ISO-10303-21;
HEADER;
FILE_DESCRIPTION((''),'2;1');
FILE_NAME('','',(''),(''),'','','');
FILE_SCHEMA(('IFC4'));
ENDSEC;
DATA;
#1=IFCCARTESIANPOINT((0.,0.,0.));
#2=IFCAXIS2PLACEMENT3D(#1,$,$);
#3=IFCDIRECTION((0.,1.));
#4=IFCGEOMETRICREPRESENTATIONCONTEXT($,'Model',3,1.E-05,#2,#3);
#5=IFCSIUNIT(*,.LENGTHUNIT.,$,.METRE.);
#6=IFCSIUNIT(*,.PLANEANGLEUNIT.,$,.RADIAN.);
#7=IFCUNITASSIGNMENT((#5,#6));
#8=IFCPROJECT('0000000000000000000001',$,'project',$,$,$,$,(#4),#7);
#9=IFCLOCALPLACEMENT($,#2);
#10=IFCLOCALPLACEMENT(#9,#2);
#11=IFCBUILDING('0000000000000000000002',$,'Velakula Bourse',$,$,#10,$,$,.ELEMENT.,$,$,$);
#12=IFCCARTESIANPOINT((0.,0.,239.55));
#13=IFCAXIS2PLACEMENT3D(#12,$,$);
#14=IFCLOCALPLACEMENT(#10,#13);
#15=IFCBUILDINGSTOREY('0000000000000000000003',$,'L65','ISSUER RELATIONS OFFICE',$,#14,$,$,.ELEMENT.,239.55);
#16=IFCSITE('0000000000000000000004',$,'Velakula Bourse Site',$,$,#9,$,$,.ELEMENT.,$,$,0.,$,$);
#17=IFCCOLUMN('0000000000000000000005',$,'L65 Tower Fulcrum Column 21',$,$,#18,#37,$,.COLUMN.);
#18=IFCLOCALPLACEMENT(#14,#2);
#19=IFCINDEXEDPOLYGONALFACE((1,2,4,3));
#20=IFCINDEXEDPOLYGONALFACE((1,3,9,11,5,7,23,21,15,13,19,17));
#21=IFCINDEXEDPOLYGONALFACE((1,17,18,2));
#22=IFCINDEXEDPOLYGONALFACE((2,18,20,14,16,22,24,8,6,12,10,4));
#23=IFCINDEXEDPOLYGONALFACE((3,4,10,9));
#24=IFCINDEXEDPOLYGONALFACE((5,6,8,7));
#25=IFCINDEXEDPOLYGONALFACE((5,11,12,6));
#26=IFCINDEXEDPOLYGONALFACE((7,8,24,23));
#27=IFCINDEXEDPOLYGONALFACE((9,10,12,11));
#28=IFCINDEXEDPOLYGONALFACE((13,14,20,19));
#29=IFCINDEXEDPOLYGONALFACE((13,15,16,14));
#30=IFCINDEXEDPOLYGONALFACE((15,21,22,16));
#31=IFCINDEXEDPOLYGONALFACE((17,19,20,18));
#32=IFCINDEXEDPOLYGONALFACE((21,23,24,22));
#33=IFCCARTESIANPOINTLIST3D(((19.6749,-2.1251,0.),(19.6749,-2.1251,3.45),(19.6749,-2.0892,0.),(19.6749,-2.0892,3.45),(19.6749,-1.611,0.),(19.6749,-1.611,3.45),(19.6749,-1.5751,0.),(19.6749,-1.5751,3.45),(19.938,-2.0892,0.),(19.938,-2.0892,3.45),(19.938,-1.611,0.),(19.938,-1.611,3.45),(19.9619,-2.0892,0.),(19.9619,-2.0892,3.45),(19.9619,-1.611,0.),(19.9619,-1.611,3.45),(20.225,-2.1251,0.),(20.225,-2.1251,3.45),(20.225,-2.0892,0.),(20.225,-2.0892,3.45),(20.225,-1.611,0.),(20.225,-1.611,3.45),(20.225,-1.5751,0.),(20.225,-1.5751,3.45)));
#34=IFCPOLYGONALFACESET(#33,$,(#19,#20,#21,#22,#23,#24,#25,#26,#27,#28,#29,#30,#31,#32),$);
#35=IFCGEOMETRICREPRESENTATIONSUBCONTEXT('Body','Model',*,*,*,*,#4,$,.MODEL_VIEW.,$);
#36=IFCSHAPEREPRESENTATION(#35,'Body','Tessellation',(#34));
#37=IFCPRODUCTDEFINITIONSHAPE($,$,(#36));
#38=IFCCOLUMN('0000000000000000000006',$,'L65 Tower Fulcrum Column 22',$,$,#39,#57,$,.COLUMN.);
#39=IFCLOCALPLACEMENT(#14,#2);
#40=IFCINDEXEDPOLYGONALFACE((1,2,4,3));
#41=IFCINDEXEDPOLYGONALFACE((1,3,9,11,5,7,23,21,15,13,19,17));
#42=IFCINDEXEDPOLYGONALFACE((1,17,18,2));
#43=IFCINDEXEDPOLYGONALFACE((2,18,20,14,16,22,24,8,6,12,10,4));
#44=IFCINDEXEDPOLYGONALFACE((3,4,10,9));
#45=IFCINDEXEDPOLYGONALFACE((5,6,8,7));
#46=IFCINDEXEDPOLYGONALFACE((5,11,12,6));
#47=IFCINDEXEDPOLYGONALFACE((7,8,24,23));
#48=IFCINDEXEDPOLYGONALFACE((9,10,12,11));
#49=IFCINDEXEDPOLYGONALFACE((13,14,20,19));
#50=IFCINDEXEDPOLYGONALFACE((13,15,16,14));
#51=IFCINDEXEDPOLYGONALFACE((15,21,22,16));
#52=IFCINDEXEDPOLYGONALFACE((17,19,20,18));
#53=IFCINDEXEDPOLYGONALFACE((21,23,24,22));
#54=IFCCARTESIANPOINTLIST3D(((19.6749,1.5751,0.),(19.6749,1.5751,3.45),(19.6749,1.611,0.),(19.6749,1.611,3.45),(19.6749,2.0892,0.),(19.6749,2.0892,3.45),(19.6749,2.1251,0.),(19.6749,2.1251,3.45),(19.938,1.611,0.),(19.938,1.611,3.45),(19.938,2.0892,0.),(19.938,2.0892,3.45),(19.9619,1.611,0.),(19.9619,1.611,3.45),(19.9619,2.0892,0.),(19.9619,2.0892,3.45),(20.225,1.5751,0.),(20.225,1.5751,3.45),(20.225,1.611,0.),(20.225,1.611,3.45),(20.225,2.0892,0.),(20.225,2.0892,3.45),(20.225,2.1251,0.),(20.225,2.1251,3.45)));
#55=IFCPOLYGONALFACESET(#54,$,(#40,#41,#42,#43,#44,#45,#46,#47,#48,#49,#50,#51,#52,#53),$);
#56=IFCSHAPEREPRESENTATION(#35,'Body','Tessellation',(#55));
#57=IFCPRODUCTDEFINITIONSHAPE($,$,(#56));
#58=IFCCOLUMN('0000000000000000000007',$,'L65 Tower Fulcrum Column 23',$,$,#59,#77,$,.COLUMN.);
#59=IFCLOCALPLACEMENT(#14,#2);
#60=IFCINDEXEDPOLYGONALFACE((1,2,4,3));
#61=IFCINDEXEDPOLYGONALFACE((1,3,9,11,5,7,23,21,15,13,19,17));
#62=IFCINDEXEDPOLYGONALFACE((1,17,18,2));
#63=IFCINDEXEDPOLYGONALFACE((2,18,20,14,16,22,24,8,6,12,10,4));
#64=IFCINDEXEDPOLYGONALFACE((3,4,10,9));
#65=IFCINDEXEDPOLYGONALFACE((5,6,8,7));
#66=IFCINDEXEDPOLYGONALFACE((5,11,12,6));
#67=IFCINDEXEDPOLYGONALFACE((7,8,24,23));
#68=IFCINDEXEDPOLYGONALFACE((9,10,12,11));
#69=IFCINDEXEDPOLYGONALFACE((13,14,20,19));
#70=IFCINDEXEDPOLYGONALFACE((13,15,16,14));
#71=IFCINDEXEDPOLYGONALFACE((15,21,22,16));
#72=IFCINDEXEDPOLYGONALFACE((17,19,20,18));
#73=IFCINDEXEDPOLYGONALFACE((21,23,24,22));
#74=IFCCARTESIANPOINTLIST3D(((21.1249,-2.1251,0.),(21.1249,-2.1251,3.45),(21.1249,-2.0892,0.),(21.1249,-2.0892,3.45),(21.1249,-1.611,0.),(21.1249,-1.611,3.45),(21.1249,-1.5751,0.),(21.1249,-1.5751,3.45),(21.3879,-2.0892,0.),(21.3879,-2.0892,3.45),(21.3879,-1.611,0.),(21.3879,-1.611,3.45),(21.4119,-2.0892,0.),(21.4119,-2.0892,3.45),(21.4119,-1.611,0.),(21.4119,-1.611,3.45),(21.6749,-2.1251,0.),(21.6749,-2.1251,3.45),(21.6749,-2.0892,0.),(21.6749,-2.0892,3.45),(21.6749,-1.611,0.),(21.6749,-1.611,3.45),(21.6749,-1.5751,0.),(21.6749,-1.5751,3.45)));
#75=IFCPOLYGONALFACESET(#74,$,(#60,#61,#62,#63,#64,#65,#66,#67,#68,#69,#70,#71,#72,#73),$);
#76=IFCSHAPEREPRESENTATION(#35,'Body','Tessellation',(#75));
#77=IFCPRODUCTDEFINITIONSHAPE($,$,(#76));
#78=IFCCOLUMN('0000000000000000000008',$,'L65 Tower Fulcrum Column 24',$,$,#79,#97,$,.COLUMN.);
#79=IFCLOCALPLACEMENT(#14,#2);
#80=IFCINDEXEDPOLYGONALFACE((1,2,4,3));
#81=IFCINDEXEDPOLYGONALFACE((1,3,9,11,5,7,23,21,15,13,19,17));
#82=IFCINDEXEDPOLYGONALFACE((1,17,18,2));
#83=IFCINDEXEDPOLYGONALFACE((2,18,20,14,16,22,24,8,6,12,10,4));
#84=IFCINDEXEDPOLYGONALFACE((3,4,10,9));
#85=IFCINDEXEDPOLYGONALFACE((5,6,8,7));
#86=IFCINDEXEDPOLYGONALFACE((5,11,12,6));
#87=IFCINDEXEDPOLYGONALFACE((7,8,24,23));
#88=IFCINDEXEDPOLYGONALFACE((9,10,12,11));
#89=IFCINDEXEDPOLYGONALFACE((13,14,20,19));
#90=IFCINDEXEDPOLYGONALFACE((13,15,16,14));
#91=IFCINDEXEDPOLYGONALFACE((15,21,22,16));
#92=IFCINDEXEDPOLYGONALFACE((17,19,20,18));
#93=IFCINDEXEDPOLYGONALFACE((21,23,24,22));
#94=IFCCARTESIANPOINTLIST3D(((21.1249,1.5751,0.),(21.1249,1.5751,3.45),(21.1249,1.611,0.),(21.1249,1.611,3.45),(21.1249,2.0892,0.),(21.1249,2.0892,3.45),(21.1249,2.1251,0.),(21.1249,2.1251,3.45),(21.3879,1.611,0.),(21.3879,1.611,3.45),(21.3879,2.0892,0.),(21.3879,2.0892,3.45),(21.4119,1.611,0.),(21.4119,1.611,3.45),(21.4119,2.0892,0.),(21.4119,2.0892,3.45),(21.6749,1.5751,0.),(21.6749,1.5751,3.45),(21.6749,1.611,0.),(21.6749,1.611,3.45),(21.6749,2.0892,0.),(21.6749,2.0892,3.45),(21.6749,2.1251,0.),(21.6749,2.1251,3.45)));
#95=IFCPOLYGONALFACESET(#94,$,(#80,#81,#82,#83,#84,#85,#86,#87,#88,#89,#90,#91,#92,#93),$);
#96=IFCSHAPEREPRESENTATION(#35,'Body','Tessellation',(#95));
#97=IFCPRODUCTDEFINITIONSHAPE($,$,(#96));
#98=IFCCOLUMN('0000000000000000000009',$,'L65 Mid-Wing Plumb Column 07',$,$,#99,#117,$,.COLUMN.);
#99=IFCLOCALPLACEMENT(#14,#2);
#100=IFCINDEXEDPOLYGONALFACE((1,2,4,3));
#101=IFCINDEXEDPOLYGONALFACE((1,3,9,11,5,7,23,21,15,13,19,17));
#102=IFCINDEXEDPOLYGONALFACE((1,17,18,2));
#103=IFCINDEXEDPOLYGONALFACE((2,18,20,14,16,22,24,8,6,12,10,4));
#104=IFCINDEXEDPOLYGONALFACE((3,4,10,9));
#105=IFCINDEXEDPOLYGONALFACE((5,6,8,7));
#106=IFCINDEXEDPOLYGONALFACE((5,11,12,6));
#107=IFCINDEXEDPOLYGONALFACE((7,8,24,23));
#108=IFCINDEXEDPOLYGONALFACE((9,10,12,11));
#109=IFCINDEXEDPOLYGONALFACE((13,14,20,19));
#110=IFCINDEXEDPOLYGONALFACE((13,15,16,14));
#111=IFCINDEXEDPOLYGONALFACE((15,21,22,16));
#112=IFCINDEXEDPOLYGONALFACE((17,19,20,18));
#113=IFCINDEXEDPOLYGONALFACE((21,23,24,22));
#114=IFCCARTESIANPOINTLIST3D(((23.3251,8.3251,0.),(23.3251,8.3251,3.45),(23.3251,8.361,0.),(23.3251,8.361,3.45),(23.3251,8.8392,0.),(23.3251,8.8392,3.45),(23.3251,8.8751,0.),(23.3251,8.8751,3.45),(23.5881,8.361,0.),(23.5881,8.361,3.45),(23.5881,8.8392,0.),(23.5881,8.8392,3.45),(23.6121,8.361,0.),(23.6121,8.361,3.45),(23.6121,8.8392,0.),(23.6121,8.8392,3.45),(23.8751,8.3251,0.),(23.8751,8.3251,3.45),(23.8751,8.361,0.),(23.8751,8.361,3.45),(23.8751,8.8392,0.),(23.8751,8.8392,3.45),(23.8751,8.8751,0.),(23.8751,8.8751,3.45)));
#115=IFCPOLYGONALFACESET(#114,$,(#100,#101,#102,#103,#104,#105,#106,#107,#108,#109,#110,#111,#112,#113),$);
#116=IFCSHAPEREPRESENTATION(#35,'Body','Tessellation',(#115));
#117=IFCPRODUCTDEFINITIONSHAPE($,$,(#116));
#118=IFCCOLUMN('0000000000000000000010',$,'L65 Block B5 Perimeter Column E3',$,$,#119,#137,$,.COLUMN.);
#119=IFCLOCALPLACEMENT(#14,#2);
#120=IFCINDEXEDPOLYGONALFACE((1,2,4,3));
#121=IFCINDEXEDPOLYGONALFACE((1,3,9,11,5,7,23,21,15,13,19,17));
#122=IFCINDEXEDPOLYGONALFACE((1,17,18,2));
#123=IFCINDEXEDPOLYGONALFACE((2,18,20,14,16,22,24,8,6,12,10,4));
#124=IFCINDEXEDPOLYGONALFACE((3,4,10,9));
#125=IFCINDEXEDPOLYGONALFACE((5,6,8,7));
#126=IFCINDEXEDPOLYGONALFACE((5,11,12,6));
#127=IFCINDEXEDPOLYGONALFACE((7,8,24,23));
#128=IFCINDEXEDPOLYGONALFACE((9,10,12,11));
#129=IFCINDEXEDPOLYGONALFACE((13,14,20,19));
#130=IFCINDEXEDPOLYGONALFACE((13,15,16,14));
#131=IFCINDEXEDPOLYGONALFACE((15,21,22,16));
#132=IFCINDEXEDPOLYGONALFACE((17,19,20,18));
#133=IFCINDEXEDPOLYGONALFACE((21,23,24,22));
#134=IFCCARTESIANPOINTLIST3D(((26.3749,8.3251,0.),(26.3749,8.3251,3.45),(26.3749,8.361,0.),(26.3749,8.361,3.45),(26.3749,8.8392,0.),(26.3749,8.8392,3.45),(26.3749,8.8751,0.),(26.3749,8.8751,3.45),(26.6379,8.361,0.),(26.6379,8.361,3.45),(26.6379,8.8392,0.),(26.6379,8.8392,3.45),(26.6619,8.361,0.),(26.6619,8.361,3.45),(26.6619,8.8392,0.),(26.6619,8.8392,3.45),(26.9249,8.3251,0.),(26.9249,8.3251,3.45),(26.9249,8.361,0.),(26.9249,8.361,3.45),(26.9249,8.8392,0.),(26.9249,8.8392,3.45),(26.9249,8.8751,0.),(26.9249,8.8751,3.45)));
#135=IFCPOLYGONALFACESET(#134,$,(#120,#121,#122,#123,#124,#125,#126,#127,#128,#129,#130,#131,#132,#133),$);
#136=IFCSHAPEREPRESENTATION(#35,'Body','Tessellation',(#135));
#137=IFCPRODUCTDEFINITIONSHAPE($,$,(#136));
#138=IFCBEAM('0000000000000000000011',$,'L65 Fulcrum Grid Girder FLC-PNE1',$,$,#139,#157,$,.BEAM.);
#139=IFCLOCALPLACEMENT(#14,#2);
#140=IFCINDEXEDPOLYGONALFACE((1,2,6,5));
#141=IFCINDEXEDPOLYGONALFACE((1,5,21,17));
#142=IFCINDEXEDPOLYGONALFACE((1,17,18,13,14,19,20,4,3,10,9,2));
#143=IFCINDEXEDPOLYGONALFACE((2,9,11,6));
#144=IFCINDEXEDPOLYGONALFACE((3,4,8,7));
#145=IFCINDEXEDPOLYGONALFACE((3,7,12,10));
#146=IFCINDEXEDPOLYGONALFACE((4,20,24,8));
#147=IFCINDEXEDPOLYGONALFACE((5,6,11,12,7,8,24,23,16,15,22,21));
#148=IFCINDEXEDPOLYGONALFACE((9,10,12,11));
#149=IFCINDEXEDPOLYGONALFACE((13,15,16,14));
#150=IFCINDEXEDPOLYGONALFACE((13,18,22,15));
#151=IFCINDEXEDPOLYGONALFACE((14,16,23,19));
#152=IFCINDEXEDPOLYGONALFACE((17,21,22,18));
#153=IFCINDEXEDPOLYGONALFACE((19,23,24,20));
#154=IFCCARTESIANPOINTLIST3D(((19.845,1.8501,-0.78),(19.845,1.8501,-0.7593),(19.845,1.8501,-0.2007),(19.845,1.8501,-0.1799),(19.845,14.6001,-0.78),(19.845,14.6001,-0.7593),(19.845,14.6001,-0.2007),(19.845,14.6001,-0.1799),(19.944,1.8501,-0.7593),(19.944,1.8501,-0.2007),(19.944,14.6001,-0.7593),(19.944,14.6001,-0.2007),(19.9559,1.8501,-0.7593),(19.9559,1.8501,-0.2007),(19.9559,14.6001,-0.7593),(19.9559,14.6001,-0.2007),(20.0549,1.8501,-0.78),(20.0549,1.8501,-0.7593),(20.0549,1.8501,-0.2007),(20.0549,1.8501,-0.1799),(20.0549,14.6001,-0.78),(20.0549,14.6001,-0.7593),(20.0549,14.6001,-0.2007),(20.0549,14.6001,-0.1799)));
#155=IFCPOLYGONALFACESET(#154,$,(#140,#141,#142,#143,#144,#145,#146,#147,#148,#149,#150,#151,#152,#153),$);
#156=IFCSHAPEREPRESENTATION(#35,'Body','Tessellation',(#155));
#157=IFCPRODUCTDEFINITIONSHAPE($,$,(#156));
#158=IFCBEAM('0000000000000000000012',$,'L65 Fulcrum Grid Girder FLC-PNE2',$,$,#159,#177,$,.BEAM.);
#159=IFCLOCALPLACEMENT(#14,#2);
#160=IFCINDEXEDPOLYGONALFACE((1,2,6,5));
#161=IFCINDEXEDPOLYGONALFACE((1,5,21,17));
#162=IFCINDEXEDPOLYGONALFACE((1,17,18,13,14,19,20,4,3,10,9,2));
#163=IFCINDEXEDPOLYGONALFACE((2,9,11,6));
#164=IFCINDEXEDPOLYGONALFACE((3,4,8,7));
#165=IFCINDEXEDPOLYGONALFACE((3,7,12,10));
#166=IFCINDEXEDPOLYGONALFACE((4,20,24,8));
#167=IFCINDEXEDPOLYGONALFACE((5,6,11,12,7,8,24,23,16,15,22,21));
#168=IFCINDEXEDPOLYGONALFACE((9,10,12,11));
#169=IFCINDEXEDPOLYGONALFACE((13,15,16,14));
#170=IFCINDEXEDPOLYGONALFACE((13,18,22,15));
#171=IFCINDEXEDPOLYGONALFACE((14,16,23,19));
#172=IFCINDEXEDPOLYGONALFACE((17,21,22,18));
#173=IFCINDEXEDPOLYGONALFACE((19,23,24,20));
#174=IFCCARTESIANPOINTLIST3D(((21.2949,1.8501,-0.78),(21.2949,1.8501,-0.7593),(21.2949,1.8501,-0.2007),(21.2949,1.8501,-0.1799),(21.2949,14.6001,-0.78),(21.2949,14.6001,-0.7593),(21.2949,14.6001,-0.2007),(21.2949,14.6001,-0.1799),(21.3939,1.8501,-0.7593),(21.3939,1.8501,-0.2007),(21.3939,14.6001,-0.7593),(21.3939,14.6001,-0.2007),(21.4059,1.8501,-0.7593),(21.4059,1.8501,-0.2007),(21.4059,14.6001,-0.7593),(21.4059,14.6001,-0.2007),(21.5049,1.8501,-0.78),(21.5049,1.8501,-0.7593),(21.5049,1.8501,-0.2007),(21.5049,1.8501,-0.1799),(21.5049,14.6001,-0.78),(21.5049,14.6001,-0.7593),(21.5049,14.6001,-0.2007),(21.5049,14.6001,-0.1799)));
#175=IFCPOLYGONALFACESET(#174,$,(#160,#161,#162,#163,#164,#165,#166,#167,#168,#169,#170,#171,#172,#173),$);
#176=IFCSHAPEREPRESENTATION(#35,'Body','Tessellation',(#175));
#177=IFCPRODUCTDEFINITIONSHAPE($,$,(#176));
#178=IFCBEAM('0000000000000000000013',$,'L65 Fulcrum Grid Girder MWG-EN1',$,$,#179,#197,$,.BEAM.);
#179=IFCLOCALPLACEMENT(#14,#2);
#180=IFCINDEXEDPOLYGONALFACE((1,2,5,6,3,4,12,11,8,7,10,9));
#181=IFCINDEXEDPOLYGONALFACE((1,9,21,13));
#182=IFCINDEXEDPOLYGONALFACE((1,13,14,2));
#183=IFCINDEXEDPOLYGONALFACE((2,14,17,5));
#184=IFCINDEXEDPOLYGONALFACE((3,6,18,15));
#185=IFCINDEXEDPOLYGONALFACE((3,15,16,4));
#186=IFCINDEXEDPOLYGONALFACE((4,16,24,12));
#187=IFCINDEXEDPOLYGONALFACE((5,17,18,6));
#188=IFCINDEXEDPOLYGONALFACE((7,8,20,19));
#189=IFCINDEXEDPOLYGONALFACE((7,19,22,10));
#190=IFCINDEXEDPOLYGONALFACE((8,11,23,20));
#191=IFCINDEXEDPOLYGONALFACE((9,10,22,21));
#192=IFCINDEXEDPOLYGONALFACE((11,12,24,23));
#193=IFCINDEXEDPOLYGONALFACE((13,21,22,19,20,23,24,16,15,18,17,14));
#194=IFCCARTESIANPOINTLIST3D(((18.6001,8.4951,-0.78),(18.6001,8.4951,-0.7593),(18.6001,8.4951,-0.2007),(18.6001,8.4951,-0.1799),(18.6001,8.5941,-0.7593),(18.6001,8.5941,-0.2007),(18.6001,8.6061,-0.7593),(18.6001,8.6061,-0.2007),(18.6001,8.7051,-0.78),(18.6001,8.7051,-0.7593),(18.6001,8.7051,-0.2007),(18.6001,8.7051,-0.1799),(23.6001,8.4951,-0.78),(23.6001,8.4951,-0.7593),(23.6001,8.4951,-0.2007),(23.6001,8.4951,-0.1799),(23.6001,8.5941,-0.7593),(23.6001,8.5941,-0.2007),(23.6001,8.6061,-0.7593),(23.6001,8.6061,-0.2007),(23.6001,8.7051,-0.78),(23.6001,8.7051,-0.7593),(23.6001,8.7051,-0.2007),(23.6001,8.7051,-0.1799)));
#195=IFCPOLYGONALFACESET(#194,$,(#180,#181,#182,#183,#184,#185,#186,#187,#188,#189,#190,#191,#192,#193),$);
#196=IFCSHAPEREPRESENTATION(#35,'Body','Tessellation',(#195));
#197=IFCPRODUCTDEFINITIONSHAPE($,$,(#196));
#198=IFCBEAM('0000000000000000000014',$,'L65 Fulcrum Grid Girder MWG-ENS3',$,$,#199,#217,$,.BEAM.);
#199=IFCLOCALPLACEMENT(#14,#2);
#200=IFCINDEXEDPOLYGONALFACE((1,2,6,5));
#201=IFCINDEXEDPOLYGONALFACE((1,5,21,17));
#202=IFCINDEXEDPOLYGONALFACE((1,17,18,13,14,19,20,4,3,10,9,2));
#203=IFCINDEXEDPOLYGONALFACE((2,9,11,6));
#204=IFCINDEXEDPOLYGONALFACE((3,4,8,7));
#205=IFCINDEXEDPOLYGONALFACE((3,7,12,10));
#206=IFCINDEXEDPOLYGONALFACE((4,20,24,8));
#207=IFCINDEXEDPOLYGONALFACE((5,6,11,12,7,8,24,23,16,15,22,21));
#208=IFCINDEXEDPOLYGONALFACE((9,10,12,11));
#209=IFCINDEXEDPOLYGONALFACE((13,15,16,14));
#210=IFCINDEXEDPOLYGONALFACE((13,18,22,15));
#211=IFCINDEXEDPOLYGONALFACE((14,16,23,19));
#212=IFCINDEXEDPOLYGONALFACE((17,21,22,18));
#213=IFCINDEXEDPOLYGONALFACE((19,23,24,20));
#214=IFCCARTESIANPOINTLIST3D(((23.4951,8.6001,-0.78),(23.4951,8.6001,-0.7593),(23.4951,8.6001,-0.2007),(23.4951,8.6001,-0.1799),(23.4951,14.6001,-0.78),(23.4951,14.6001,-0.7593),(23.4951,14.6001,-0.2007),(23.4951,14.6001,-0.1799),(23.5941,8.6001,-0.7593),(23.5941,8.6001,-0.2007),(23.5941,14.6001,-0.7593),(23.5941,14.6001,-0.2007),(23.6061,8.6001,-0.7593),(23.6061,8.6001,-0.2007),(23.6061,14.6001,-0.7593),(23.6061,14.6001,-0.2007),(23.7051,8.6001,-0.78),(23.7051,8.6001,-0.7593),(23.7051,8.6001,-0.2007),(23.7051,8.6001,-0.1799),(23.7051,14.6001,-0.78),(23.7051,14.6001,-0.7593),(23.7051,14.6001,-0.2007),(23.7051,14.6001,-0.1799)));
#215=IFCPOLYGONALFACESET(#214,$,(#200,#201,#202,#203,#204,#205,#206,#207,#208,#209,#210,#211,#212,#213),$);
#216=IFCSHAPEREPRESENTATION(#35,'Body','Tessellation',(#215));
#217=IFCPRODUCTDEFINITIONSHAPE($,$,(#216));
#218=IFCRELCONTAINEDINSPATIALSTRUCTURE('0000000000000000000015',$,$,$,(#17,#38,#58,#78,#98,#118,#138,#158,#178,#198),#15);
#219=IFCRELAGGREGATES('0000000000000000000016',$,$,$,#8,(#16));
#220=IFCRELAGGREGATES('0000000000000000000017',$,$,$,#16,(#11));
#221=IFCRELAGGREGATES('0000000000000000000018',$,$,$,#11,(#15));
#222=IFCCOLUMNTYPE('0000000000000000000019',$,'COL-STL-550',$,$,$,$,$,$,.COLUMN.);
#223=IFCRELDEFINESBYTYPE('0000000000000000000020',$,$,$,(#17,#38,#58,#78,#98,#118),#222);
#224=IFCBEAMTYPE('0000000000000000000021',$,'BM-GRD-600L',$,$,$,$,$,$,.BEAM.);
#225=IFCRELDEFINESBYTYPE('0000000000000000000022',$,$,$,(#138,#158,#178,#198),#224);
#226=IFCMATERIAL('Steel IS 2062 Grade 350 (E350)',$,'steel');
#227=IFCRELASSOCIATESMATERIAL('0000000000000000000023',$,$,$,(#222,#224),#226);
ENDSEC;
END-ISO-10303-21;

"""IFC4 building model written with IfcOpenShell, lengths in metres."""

from ifc_helpers import new_model, si_unit, direction, frame, origin, origin_2d, place, context, subcontext, project, spatial, i_section, extrude, material, material_profile, profile_set, type_object, element, save


model = new_model("IFC4")

# Units and contexts
model_context = context("Model", 3, precision=1e-05, world=origin(), true_north=direction((0.0, 1.0)))
body_context = subcontext(model_context, "Body", "Model", "MODEL_VIEW")
ifc_project = project(units=[si_unit("LENGTHUNIT", "METRE"), si_unit("PLANEANGLEUNIT", "RADIAN")], contexts=[model_context])

# Site, building, storey
site_placement = place(None, origin())
site = spatial("IfcSite", under=ifc_project, at=site_placement, Name="Velakula Bourse Site", CompositionType="ELEMENT", RefElevation=0.0)
building_placement = place(site_placement, origin())
building = spatial("IfcBuilding", under=site, at=building_placement, Name="Velakula Bourse", CompositionType="ELEMENT")
storey_placement = place(building_placement, frame((0.0, 0.0, 239.55)))
storey = spatial("IfcBuildingStorey", under=building, at=storey_placement, Name="L65", Description="ISSUER RELATIONS OFFICE", CompositionType="ELEMENT", Elevation=239.55)

# Columns
ifc_material_1 = material(Name="Steel IS 2062 Grade 350 (E350)", Category="steel")
ifc_material_profile_1 = material_profile(ifc_material_1, i_section(OverallWidth=0.55, OverallDepth=0.55, WebThickness=0.0239, FlangeThickness=0.0359, at=origin_2d()), Name="Steel IS 2062 Grade 350 (E350)")
ifc_profile_set_1 = profile_set([ifc_material_profile_1], Name="Steel IS 2062 Grade 350 (E350)")
column_type = type_object("IfcColumnType", Name="COL-STL-550", PredefinedType="COLUMN", material=ifc_profile_set_1)
for number, where, z_axis, x_axis, name in (
    (1, (19.95, -1.8501, 0.0), (0.0, 0.0, 1.0), (1.0, 0.0, 0.0), "L65 Tower Fulcrum Column 21"),
    (2, (19.95, 1.8501, 0.0), (0.0, 0.0, 1.0), (1.0, 0.0, 0.0), "L65 Tower Fulcrum Column 22"),
    (3, (21.3999, -1.8501, 0.0), (0.0, 0.0, 1.0), (1.0, 0.0, 0.0), "L65 Tower Fulcrum Column 23"),
    (4, (21.3999, 1.8501, 0.0), (0.0, 0.0, 1.0), (1.0, 0.0, 0.0), "L65 Tower Fulcrum Column 24"),
    (5, (23.6001, 8.6001, 0.0), (0.0, 0.0, 1.0), (1.0, 0.0, 0.0), "L65 Mid-Wing Plumb Column 07"),
    (6, (26.6499, 8.6001, 0.0), (0.0, 0.0, 1.0), (1.0, 0.0, 0.0), "L65 Block B5 Perimeter Column E3"),
):
    element("IfcColumn", number, at=place(storey_placement, frame(where, z_axis=z_axis, x_axis=x_axis)), inside=storey, type_object=column_type, Name=name, PredefinedType="COLUMN", context=body_context, shape_type="SweptSolid", body=[
        extrude(i_section(OverallWidth=0.55, OverallDepth=0.55, WebThickness=0.0239, FlangeThickness=0.0359, at=origin_2d()), origin(), (0.0, 0.0, 1.0), 3.45),
    ])

# Beams
ifc_material_profile_2 = material_profile(ifc_material_1, i_section(OverallWidth=0.21, OverallDepth=0.6001, WebThickness=0.012, FlangeThickness=0.0208, at=origin_2d()), Name="Steel IS 2062 Grade 350 (E350)")
ifc_profile_set_2 = profile_set([ifc_material_profile_2], Name="Steel IS 2062 Grade 350 (E350)")
beam_type_1 = type_object("IfcBeamType", Name="BM-GRD-600L", PredefinedType="BEAM", material=ifc_profile_set_2)
for number, where, z_axis, x_axis, name in (
    (7, (19.95, 1.8501, -0.48), (0.0, 1.0, 0.0), (-1.0, 0.0, 0.0), "L65 Fulcrum Grid Girder FLC-PNE1"),
    (8, (21.3999, 1.8501, -0.48), (0.0, 1.0, 0.0), (-1.0, 0.0, 0.0), "L65 Fulcrum Grid Girder FLC-PNE2"),
):
    element("IfcBeam", number, at=place(storey_placement, frame(where, z_axis=z_axis, x_axis=x_axis)), inside=storey, type_object=beam_type_1, Name=name, PredefinedType="BEAM", context=body_context, shape_type="SweptSolid", body=[
        extrude(i_section(OverallWidth=0.21, OverallDepth=0.6001, WebThickness=0.012, FlangeThickness=0.0208, at=origin_2d()), origin(), (0.0, 0.0, 1.0), 12.75),
    ])
beam_1_placement = place(storey_placement, frame((18.6001, 8.6001, -0.48), z_axis=(1.0, 0.0, 0.0), x_axis=(0.0, 1.0, 0.0)))
element("IfcBeam", 9, at=beam_1_placement, inside=storey, type_object=beam_type_1, Name="L65 Fulcrum Grid Girder MWG-EN1", PredefinedType="BEAM", context=body_context, shape_type="SweptSolid", body=[
    extrude(i_section(OverallWidth=0.21, OverallDepth=0.6001, WebThickness=0.012, FlangeThickness=0.0208, at=origin_2d()), origin(), (0.0, 0.0, 1.0), 5.0),
])
beam_2_placement = place(storey_placement, frame((23.6001, 8.6001, -0.48), z_axis=(0.0, 1.0, 0.0), x_axis=(-1.0, 0.0, 0.0)))
element("IfcBeam", 10, at=beam_2_placement, inside=storey, type_object=beam_type_1, Name="L65 Fulcrum Grid Girder MWG-ENS3", PredefinedType="BEAM", context=body_context, shape_type="SweptSolid", body=[
    extrude(i_section(OverallWidth=0.21, OverallDepth=0.6001, WebThickness=0.012, FlangeThickness=0.0208, at=origin_2d()), origin(), (0.0, 0.0, 1.0), 6.0),
])

save(model, "model.ifc")
